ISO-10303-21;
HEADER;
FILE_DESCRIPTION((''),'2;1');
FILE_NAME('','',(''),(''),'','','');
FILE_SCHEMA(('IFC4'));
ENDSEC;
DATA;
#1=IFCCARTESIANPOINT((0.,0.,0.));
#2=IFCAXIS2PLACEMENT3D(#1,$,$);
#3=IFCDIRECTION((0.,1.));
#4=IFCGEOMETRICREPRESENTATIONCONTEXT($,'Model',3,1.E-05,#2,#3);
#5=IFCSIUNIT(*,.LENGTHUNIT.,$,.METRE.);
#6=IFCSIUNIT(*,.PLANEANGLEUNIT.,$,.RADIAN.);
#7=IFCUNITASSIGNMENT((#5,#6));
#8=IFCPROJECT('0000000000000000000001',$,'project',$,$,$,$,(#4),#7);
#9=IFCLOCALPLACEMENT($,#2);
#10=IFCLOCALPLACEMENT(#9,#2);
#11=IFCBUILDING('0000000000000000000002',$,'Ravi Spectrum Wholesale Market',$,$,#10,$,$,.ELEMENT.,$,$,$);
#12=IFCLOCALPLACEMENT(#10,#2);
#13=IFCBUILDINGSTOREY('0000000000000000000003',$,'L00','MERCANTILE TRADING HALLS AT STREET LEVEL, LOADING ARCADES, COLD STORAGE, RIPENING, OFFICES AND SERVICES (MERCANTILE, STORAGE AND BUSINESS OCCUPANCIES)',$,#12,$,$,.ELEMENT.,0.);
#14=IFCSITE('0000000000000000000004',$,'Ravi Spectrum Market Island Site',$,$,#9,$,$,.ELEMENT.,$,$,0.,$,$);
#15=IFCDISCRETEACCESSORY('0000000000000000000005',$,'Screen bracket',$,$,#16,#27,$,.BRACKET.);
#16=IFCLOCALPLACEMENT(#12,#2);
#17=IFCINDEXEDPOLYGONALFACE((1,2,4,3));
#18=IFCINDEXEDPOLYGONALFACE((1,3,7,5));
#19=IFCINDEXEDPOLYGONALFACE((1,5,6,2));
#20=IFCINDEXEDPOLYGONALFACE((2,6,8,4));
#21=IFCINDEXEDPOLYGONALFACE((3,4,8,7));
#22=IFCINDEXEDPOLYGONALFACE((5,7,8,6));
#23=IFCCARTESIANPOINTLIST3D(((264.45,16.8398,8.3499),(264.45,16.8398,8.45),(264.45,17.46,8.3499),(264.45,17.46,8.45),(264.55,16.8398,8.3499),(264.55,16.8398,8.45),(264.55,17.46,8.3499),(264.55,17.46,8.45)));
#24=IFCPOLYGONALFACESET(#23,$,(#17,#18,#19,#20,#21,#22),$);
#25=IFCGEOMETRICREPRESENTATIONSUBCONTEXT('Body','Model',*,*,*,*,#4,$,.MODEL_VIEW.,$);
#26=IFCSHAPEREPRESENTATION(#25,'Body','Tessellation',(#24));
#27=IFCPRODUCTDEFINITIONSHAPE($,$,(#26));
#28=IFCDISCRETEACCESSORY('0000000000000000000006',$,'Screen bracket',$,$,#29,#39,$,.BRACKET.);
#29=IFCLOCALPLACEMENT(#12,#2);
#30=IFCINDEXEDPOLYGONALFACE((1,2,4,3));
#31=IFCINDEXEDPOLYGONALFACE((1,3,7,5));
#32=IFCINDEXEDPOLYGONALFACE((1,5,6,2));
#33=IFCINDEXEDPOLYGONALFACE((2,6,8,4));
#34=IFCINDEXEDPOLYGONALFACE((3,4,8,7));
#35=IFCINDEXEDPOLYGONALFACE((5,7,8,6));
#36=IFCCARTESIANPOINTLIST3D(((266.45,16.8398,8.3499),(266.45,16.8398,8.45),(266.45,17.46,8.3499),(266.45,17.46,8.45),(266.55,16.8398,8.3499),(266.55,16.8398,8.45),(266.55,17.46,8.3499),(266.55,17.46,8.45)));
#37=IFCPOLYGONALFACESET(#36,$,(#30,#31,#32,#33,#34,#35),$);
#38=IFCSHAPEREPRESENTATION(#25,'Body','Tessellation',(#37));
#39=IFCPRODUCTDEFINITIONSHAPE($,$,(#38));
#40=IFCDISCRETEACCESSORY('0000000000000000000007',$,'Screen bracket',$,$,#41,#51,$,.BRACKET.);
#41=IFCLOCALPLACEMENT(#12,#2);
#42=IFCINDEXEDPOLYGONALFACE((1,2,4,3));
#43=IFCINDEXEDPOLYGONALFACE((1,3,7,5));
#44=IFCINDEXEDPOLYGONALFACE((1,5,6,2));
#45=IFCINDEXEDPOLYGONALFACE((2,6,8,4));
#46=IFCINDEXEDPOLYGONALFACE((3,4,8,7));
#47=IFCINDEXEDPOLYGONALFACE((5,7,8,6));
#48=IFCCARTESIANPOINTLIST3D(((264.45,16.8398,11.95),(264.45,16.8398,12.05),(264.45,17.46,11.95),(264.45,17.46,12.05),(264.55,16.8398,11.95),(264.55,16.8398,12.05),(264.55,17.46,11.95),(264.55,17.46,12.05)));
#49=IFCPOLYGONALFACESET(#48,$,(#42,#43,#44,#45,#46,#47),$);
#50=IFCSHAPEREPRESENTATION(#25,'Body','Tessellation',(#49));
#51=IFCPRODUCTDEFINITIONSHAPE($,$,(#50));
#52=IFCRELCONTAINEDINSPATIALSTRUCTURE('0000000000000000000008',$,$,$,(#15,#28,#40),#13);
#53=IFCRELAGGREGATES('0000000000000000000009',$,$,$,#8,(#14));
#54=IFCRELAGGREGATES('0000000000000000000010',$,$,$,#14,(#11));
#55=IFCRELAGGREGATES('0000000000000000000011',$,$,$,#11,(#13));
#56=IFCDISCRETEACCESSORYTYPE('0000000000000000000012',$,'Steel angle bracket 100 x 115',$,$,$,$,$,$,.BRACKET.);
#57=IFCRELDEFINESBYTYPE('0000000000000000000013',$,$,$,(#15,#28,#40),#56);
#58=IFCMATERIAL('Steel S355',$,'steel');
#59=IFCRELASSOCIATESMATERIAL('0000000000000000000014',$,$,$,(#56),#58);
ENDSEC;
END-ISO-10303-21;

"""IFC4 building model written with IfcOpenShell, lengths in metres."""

from ifc_helpers import new_model, si_unit, direction, frame, origin, origin_2d, place, context, subcontext, project, spatial, rectangle, extrude, material, type_object, element, save


model = new_model("IFC4")

# Units and contexts
model_context = context("Model", 3, precision=1e-05, world=origin(), true_north=direction((0.0, 1.0)))
body_context = subcontext(model_context, "Body", "Model", "MODEL_VIEW")
ifc_project = project(units=[si_unit("LENGTHUNIT", "METRE"), si_unit("PLANEANGLEUNIT", "RADIAN")], contexts=[model_context])

# Site, building, storey
site_placement = place(None, origin())
site = spatial("IfcSite", under=ifc_project, at=site_placement, Name="Ravi Spectrum Market Island Site", CompositionType="ELEMENT", RefElevation=0.0)
building_placement = place(site_placement, origin())
building = spatial("IfcBuilding", under=site, at=building_placement, Name="Ravi Spectrum Wholesale Market", CompositionType="ELEMENT")
storey_placement = place(building_placement, origin())
storey = spatial("IfcBuildingStorey", under=building, at=storey_placement, Name="L00", Description="MERCANTILE TRADING HALLS AT STREET LEVEL, LOADING ARCADES, COLD STORAGE, RIPENING, OFFICES AND SERVICES (MERCANTILE, STORAGE AND BUSINESS OCCUPANCIES)", CompositionType="ELEMENT", Elevation=0.0)

# Discrete accessories
ifc_material_1 = material(Name="Steel S355", Category="steel")
discrete_accessory_type = type_object("IfcDiscreteAccessoryType", Name="Steel angle bracket 100 x 115", PredefinedType="BRACKET", material=ifc_material_1)
for number, where, z_axis, x_axis, name in (
    (1, (264.5, 17.1499, 8.3499), (0.0, 0.0, 1.0), (1.0, 0.0, 0.0), "Screen bracket"),
    (2, (266.5, 17.1499, 8.3499), (0.0, 0.0, 1.0), (1.0, 0.0, 0.0), "Screen bracket"),
    (3, (264.5, 17.1499, 11.95), (0.0, 0.0, 1.0), (1.0, 0.0, 0.0), "Screen bracket"),
):
    element("IfcDiscreteAccessory", number, at=place(storey_placement, frame(where, z_axis=z_axis, x_axis=x_axis)), inside=storey, type_object=discrete_accessory_type, Name=name, PredefinedType="BRACKET", context=body_context, shape_type="SweptSolid", body=[
        extrude(rectangle(XDim=0.1001, YDim=0.6201, at=origin_2d()), origin(), (0.0, 0.0, 1.0), 0.1001),
    ])

save(model, "model.ifc")
